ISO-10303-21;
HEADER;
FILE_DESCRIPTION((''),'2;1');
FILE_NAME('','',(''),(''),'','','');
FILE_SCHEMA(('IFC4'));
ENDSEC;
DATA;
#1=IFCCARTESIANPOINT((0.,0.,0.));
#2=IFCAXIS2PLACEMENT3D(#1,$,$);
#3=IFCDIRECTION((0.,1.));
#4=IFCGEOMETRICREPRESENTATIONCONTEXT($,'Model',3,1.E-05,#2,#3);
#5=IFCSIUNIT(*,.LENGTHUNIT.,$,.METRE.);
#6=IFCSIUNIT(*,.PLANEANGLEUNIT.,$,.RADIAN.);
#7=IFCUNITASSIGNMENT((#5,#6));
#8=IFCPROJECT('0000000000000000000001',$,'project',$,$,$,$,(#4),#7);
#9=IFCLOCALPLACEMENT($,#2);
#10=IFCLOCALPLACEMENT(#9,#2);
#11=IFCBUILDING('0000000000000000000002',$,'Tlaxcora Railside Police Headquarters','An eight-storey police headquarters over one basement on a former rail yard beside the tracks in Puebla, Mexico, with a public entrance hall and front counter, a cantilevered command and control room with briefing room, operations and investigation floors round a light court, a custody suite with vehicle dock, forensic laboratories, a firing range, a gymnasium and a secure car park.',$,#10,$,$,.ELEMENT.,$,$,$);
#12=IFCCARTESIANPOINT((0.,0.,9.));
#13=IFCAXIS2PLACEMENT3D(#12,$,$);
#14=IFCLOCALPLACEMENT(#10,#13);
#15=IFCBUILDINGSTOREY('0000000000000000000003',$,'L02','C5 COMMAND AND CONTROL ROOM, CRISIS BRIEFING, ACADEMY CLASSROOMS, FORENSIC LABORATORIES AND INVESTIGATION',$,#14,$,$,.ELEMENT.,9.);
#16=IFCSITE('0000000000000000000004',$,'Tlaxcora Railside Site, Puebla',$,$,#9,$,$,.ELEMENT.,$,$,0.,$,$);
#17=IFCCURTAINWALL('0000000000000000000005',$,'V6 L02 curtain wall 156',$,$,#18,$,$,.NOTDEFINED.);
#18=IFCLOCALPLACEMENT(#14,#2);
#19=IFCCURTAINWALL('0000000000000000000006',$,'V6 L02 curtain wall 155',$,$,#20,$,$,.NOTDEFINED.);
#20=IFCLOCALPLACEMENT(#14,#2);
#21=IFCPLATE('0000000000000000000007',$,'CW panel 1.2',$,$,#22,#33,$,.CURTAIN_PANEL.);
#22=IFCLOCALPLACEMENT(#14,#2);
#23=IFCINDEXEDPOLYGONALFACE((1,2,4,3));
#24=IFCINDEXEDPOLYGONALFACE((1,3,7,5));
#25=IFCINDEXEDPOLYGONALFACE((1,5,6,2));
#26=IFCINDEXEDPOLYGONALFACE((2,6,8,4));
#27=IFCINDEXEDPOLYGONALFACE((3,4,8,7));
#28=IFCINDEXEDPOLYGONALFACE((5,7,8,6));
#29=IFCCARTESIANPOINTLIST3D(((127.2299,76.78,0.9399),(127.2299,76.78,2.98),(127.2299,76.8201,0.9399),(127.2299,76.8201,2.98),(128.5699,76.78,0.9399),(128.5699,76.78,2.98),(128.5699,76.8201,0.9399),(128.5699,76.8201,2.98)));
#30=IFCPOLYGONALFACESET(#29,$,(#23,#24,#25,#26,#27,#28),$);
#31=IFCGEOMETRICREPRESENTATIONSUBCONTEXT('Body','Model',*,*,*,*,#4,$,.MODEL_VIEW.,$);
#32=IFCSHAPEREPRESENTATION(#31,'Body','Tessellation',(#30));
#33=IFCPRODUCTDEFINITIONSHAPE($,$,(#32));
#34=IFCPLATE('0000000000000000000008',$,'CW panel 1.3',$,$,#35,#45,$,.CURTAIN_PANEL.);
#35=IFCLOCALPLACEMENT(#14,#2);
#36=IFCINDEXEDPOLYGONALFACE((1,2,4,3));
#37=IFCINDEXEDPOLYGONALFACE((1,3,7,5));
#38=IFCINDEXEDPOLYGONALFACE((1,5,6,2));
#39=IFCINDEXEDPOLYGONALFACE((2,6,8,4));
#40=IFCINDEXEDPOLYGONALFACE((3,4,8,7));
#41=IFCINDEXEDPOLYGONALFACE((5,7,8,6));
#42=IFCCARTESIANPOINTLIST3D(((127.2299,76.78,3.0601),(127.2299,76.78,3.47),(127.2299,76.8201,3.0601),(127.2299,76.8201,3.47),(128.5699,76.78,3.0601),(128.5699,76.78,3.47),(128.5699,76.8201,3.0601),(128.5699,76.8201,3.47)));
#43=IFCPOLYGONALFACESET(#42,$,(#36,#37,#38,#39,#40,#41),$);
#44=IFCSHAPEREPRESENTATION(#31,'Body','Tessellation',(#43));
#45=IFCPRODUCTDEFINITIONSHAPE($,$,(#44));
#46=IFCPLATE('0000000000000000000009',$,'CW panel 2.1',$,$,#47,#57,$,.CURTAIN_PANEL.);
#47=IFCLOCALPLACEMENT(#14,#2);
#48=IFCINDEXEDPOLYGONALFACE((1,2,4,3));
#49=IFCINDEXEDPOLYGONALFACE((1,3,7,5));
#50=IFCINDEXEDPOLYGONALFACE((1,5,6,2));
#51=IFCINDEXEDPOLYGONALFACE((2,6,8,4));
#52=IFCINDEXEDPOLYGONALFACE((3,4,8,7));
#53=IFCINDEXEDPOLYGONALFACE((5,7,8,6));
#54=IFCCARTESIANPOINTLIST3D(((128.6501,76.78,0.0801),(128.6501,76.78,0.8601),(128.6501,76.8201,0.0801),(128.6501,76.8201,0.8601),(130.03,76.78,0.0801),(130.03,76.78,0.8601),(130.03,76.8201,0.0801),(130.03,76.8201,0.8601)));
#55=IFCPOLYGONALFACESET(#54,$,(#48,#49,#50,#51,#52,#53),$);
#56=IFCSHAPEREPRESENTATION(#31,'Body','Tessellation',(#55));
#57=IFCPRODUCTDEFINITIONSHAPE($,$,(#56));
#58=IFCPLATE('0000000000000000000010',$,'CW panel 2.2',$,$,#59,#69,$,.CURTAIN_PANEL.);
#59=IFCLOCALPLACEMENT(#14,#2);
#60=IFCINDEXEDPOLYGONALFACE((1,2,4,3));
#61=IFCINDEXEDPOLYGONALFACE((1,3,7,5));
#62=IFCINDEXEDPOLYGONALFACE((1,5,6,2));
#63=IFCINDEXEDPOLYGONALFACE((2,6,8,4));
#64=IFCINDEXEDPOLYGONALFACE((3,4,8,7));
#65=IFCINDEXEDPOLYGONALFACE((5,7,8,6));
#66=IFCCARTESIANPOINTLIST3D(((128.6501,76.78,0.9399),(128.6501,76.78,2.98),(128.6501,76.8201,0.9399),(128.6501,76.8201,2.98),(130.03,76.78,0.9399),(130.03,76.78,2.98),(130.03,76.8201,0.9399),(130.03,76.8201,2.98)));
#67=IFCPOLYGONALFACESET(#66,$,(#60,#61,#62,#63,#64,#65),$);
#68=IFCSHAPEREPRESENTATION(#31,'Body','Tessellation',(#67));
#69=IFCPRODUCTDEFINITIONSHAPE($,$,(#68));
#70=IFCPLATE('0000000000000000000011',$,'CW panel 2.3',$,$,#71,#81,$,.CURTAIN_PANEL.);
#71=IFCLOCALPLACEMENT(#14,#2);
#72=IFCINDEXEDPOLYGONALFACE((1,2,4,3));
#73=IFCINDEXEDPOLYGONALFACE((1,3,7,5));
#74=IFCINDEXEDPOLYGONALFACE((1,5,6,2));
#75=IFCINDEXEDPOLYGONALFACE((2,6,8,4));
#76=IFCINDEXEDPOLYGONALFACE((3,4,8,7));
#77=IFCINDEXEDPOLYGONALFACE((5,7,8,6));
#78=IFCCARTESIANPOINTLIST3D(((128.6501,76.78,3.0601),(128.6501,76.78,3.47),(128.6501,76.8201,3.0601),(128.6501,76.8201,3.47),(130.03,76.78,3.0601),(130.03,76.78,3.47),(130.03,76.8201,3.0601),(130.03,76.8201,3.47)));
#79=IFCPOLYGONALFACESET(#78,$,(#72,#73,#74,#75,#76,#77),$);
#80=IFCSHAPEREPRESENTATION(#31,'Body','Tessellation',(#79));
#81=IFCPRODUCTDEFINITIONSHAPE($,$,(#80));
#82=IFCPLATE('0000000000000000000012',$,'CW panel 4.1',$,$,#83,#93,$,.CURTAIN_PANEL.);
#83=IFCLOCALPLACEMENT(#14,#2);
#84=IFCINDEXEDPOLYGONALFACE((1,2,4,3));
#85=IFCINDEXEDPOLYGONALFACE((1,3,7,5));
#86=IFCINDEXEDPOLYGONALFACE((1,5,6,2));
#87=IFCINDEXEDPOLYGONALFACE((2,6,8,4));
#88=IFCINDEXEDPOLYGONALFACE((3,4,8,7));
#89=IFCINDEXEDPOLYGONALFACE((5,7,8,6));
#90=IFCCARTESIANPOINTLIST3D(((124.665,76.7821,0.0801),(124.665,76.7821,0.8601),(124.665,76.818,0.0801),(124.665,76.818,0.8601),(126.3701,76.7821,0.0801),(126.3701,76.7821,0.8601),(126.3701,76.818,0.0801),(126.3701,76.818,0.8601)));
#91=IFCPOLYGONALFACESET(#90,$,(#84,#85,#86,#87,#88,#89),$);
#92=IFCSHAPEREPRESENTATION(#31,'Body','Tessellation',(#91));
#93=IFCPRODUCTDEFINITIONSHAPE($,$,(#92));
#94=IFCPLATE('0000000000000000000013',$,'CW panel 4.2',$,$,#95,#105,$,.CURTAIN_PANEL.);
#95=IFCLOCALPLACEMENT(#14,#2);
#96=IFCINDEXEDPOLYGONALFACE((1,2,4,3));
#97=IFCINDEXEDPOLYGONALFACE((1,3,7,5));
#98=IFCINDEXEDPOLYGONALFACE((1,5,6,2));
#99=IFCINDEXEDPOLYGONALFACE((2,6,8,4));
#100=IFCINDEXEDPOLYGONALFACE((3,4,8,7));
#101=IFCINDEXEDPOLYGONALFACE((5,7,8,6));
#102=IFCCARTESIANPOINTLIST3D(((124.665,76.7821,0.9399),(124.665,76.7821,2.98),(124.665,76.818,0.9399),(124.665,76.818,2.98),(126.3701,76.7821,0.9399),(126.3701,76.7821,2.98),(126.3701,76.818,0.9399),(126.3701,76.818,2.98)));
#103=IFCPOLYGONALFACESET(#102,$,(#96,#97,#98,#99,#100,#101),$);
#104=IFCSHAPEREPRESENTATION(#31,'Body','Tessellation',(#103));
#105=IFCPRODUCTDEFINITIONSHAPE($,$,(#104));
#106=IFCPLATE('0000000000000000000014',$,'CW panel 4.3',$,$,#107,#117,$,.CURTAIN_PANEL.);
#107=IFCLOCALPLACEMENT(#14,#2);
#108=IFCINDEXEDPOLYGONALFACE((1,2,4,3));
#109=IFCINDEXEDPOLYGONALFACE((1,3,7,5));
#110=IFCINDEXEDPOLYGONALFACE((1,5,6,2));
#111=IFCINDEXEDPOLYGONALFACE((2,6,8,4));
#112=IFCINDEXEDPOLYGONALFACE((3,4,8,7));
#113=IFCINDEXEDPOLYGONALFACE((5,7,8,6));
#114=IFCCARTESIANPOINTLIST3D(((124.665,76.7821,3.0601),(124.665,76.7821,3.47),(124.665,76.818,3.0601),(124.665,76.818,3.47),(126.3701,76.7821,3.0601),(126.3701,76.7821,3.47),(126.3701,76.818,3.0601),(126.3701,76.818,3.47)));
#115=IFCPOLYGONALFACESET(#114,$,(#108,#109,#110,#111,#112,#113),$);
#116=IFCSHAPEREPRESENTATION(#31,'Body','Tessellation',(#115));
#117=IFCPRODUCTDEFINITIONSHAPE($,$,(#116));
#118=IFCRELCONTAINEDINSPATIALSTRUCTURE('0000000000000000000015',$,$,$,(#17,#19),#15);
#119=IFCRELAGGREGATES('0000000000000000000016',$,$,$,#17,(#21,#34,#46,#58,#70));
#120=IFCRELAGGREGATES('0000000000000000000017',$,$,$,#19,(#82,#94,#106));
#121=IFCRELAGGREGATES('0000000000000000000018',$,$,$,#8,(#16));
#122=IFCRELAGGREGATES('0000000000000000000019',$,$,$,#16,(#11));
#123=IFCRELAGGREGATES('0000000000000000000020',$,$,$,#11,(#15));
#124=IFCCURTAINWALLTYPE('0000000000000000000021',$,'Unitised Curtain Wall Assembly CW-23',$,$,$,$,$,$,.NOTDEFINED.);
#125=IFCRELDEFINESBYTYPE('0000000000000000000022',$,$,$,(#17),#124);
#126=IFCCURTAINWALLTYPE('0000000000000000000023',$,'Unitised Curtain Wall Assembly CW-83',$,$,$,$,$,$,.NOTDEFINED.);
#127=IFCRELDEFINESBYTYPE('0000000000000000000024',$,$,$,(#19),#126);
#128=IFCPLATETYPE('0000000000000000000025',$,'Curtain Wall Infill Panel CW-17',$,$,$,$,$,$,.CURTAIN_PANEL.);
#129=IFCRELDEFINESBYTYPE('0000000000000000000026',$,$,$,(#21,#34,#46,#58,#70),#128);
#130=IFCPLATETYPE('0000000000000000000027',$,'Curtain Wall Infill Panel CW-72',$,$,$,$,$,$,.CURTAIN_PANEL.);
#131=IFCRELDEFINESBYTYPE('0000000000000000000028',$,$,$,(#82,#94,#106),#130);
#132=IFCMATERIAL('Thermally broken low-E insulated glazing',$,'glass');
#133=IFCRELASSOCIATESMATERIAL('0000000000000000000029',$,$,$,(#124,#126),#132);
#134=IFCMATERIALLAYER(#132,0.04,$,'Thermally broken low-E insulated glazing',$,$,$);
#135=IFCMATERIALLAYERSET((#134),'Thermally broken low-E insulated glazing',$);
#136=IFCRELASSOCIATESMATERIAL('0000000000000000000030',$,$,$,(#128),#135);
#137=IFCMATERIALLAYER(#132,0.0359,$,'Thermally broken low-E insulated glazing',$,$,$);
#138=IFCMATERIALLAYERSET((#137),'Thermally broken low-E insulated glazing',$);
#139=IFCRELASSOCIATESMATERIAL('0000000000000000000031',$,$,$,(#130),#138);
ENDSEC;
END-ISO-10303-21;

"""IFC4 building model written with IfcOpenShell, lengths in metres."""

from ifc_helpers import new_model, si_unit, direction, frame, origin, origin_2d, place, context, subcontext, project, spatial, rectangle, extrude, material, layer, layer_set, type_object, element, aggregate, save


model = new_model("IFC4")

# Units and contexts
model_context = context("Model", 3, precision=1e-05, world=origin(), true_north=direction((0.0, 1.0)))
body_context = subcontext(model_context, "Body", "Model", "MODEL_VIEW")
ifc_project = project(units=[si_unit("LENGTHUNIT", "METRE"), si_unit("PLANEANGLEUNIT", "RADIAN")], contexts=[model_context])

# Site, building, storey
site_placement = place(None, origin())
site = spatial("IfcSite", under=ifc_project, at=site_placement, Name="Tlaxcora Railside Site, Puebla", CompositionType="ELEMENT", RefElevation=0.0)
building_placement = place(site_placement, origin())
building = spatial("IfcBuilding", under=site, at=building_placement, Name="Tlaxcora Railside Police Headquarters", Description="An eight-storey police headquarters over one basement on a former rail yard beside the tracks in Puebla, Mexico, with a public entrance hall and front counter, a cantilevered command and control room with briefing room, operations and investigation floors round a light court, a custody suite with vehicle dock, forensic laboratories, a firing range, a gymnasium and a secure car park.", CompositionType="ELEMENT")
storey_placement = place(building_placement, frame((0.0, 0.0, 9.0)))
storey = spatial("IfcBuildingStorey", under=building, at=storey_placement, Name="L02", Description="C5 COMMAND AND CONTROL ROOM, CRISIS BRIEFING, ACADEMY CLASSROOMS, FORENSIC LABORATORIES AND INVESTIGATION", CompositionType="ELEMENT", Elevation=9.0)

# Curtain wall
ifc_material_1 = material(Name="Thermally broken low-E insulated glazing", Category="glass")
curtain_wall_type_1 = type_object("IfcCurtainWallType", Name="Unitised Curtain Wall Assembly CW-23", PredefinedType="NOTDEFINED", material=ifc_material_1)
curtain_wall_1_placement = place(storey_placement, origin())
curtain_wall_1 = element("IfcCurtainWall", 1, at=curtain_wall_1_placement, inside=storey, type_object=curtain_wall_type_1, Name="V6 L02 curtain wall 156", PredefinedType="NOTDEFINED")

# Curtain wall
curtain_wall_type_2 = type_object("IfcCurtainWallType", Name="Unitised Curtain Wall Assembly CW-83", PredefinedType="NOTDEFINED", material=ifc_material_1)
curtain_wall_2_placement = place(storey_placement, origin())
curtain_wall_2 = element("IfcCurtainWall", 2, at=curtain_wall_2_placement, inside=storey, type_object=curtain_wall_type_2, Name="V6 L02 curtain wall 155", PredefinedType="NOTDEFINED")

# Plates
ifc_layer_1 = layer(ifc_material_1, 0.04, Name="Thermally broken low-E insulated glazing")
ifc_layer_set_1 = layer_set([ifc_layer_1], Name="Thermally broken low-E insulated glazing")
plate_type_1 = type_object("IfcPlateType", Name="Curtain Wall Infill Panel CW-17", PredefinedType="CURTAIN_PANEL", material=ifc_layer_set_1)
plate_1_placement = place(storey_placement, frame((127.8999, 76.8, 0.9399), z_axis=(0.0, 0.0, 1.0), x_axis=(1.0, 0.0, 0.0)))
plate_1 = element("IfcPlate", 3, at=plate_1_placement, type_object=plate_type_1, Name="CW panel 1.2", PredefinedType="CURTAIN_PANEL", context=body_context, shape_type="SweptSolid", body=[
    extrude(rectangle(XDim=1.3401, YDim=0.04, at=origin_2d()), origin(), (0.0, 0.0, 1.0), 2.04),
])
plate_2_placement = place(storey_placement, frame((127.8999, 76.8, 3.0601), z_axis=(0.0, 0.0, 1.0), x_axis=(1.0, 0.0, 0.0)))
plate_2 = element("IfcPlate", 4, at=plate_2_placement, type_object=plate_type_1, Name="CW panel 1.3", PredefinedType="CURTAIN_PANEL", context=body_context, shape_type="SweptSolid", body=[
    extrude(rectangle(XDim=1.3401, YDim=0.04, at=origin_2d()), origin(), (0.0, 0.0, 1.0), 0.4099),
])
plate_3_placement = place(storey_placement, frame((129.3401, 76.8, 0.0801), z_axis=(0.0, 0.0, 1.0), x_axis=(1.0, 0.0, 0.0)))
plate_3 = element("IfcPlate", 5, at=plate_3_placement, type_object=plate_type_1, Name="CW panel 2.1", PredefinedType="CURTAIN_PANEL", context=body_context, shape_type="SweptSolid", body=[
    extrude(rectangle(XDim=1.3799, YDim=0.04, at=origin_2d()), origin(), (0.0, 0.0, 1.0), 0.78),
])
plate_4_placement = place(storey_placement, frame((129.3401, 76.8, 0.9399), z_axis=(0.0, 0.0, 1.0), x_axis=(1.0, 0.0, 0.0)))
plate_4 = element("IfcPlate", 6, at=plate_4_placement, type_object=plate_type_1, Name="CW panel 2.2", PredefinedType="CURTAIN_PANEL", context=body_context, shape_type="SweptSolid", body=[
    extrude(rectangle(XDim=1.3799, YDim=0.04, at=origin_2d()), origin(), (0.0, 0.0, 1.0), 2.04),
])
plate_5_placement = place(storey_placement, frame((129.3401, 76.8, 3.0601), z_axis=(0.0, 0.0, 1.0), x_axis=(1.0, 0.0, 0.0)))
plate_5 = element("IfcPlate", 7, at=plate_5_placement, type_object=plate_type_1, Name="CW panel 2.3", PredefinedType="CURTAIN_PANEL", context=body_context, shape_type="SweptSolid", body=[
    extrude(rectangle(XDim=1.3799, YDim=0.04, at=origin_2d()), origin(), (0.0, 0.0, 1.0), 0.4099),
])
aggregate(curtain_wall_1, [plate_1, plate_2, plate_3, plate_4, plate_5])
ifc_layer_2 = layer(ifc_material_1, 0.0359, Name="Thermally broken low-E insulated glazing")
ifc_layer_set_2 = layer_set([ifc_layer_2], Name="Thermally broken low-E insulated glazing")
plate_type_2 = type_object("IfcPlateType", Name="Curtain Wall Infill Panel CW-72", PredefinedType="CURTAIN_PANEL", material=ifc_layer_set_2)
plate_6_placement = place(storey_placement, frame((125.5176, 76.8, 0.0801), z_axis=(0.0, 0.0, 1.0), x_axis=(1.0, 0.0, 0.0)))
plate_6 = element("IfcPlate", 8, at=plate_6_placement, type_object=plate_type_2, Name="CW panel 4.1", PredefinedType="CURTAIN_PANEL", context=body_context, shape_type="SweptSolid", body=[
    extrude(rectangle(XDim=1.7051, YDim=0.0359, at=origin_2d()), origin(), (0.0, 0.0, 1.0), 0.78),
])
plate_7_placement = place(storey_placement, frame((125.5176, 76.8, 0.9399), z_axis=(0.0, 0.0, 1.0), x_axis=(1.0, 0.0, 0.0)))
plate_7 = element("IfcPlate", 9, at=plate_7_placement, type_object=plate_type_2, Name="CW panel 4.2", PredefinedType="CURTAIN_PANEL", context=body_context, shape_type="SweptSolid", body=[
    extrude(rectangle(XDim=1.7051, YDim=0.0359, at=origin_2d()), origin(), (0.0, 0.0, 1.0), 2.04),
])
plate_8_placement = place(storey_placement, frame((125.5176, 76.8, 3.0601), z_axis=(0.0, 0.0, 1.0), x_axis=(1.0, 0.0, 0.0)))
plate_8 = element("IfcPlate", 10, at=plate_8_placement, type_object=plate_type_2, Name="CW panel 4.3", PredefinedType="CURTAIN_PANEL", context=body_context, shape_type="SweptSolid", body=[
    extrude(rectangle(XDim=1.7051, YDim=0.0359, at=origin_2d()), origin(), (0.0, 0.0, 1.0), 0.4099),
])
aggregate(curtain_wall_2, [plate_6, plate_7, plate_8])

save(model, "model.ifc")
